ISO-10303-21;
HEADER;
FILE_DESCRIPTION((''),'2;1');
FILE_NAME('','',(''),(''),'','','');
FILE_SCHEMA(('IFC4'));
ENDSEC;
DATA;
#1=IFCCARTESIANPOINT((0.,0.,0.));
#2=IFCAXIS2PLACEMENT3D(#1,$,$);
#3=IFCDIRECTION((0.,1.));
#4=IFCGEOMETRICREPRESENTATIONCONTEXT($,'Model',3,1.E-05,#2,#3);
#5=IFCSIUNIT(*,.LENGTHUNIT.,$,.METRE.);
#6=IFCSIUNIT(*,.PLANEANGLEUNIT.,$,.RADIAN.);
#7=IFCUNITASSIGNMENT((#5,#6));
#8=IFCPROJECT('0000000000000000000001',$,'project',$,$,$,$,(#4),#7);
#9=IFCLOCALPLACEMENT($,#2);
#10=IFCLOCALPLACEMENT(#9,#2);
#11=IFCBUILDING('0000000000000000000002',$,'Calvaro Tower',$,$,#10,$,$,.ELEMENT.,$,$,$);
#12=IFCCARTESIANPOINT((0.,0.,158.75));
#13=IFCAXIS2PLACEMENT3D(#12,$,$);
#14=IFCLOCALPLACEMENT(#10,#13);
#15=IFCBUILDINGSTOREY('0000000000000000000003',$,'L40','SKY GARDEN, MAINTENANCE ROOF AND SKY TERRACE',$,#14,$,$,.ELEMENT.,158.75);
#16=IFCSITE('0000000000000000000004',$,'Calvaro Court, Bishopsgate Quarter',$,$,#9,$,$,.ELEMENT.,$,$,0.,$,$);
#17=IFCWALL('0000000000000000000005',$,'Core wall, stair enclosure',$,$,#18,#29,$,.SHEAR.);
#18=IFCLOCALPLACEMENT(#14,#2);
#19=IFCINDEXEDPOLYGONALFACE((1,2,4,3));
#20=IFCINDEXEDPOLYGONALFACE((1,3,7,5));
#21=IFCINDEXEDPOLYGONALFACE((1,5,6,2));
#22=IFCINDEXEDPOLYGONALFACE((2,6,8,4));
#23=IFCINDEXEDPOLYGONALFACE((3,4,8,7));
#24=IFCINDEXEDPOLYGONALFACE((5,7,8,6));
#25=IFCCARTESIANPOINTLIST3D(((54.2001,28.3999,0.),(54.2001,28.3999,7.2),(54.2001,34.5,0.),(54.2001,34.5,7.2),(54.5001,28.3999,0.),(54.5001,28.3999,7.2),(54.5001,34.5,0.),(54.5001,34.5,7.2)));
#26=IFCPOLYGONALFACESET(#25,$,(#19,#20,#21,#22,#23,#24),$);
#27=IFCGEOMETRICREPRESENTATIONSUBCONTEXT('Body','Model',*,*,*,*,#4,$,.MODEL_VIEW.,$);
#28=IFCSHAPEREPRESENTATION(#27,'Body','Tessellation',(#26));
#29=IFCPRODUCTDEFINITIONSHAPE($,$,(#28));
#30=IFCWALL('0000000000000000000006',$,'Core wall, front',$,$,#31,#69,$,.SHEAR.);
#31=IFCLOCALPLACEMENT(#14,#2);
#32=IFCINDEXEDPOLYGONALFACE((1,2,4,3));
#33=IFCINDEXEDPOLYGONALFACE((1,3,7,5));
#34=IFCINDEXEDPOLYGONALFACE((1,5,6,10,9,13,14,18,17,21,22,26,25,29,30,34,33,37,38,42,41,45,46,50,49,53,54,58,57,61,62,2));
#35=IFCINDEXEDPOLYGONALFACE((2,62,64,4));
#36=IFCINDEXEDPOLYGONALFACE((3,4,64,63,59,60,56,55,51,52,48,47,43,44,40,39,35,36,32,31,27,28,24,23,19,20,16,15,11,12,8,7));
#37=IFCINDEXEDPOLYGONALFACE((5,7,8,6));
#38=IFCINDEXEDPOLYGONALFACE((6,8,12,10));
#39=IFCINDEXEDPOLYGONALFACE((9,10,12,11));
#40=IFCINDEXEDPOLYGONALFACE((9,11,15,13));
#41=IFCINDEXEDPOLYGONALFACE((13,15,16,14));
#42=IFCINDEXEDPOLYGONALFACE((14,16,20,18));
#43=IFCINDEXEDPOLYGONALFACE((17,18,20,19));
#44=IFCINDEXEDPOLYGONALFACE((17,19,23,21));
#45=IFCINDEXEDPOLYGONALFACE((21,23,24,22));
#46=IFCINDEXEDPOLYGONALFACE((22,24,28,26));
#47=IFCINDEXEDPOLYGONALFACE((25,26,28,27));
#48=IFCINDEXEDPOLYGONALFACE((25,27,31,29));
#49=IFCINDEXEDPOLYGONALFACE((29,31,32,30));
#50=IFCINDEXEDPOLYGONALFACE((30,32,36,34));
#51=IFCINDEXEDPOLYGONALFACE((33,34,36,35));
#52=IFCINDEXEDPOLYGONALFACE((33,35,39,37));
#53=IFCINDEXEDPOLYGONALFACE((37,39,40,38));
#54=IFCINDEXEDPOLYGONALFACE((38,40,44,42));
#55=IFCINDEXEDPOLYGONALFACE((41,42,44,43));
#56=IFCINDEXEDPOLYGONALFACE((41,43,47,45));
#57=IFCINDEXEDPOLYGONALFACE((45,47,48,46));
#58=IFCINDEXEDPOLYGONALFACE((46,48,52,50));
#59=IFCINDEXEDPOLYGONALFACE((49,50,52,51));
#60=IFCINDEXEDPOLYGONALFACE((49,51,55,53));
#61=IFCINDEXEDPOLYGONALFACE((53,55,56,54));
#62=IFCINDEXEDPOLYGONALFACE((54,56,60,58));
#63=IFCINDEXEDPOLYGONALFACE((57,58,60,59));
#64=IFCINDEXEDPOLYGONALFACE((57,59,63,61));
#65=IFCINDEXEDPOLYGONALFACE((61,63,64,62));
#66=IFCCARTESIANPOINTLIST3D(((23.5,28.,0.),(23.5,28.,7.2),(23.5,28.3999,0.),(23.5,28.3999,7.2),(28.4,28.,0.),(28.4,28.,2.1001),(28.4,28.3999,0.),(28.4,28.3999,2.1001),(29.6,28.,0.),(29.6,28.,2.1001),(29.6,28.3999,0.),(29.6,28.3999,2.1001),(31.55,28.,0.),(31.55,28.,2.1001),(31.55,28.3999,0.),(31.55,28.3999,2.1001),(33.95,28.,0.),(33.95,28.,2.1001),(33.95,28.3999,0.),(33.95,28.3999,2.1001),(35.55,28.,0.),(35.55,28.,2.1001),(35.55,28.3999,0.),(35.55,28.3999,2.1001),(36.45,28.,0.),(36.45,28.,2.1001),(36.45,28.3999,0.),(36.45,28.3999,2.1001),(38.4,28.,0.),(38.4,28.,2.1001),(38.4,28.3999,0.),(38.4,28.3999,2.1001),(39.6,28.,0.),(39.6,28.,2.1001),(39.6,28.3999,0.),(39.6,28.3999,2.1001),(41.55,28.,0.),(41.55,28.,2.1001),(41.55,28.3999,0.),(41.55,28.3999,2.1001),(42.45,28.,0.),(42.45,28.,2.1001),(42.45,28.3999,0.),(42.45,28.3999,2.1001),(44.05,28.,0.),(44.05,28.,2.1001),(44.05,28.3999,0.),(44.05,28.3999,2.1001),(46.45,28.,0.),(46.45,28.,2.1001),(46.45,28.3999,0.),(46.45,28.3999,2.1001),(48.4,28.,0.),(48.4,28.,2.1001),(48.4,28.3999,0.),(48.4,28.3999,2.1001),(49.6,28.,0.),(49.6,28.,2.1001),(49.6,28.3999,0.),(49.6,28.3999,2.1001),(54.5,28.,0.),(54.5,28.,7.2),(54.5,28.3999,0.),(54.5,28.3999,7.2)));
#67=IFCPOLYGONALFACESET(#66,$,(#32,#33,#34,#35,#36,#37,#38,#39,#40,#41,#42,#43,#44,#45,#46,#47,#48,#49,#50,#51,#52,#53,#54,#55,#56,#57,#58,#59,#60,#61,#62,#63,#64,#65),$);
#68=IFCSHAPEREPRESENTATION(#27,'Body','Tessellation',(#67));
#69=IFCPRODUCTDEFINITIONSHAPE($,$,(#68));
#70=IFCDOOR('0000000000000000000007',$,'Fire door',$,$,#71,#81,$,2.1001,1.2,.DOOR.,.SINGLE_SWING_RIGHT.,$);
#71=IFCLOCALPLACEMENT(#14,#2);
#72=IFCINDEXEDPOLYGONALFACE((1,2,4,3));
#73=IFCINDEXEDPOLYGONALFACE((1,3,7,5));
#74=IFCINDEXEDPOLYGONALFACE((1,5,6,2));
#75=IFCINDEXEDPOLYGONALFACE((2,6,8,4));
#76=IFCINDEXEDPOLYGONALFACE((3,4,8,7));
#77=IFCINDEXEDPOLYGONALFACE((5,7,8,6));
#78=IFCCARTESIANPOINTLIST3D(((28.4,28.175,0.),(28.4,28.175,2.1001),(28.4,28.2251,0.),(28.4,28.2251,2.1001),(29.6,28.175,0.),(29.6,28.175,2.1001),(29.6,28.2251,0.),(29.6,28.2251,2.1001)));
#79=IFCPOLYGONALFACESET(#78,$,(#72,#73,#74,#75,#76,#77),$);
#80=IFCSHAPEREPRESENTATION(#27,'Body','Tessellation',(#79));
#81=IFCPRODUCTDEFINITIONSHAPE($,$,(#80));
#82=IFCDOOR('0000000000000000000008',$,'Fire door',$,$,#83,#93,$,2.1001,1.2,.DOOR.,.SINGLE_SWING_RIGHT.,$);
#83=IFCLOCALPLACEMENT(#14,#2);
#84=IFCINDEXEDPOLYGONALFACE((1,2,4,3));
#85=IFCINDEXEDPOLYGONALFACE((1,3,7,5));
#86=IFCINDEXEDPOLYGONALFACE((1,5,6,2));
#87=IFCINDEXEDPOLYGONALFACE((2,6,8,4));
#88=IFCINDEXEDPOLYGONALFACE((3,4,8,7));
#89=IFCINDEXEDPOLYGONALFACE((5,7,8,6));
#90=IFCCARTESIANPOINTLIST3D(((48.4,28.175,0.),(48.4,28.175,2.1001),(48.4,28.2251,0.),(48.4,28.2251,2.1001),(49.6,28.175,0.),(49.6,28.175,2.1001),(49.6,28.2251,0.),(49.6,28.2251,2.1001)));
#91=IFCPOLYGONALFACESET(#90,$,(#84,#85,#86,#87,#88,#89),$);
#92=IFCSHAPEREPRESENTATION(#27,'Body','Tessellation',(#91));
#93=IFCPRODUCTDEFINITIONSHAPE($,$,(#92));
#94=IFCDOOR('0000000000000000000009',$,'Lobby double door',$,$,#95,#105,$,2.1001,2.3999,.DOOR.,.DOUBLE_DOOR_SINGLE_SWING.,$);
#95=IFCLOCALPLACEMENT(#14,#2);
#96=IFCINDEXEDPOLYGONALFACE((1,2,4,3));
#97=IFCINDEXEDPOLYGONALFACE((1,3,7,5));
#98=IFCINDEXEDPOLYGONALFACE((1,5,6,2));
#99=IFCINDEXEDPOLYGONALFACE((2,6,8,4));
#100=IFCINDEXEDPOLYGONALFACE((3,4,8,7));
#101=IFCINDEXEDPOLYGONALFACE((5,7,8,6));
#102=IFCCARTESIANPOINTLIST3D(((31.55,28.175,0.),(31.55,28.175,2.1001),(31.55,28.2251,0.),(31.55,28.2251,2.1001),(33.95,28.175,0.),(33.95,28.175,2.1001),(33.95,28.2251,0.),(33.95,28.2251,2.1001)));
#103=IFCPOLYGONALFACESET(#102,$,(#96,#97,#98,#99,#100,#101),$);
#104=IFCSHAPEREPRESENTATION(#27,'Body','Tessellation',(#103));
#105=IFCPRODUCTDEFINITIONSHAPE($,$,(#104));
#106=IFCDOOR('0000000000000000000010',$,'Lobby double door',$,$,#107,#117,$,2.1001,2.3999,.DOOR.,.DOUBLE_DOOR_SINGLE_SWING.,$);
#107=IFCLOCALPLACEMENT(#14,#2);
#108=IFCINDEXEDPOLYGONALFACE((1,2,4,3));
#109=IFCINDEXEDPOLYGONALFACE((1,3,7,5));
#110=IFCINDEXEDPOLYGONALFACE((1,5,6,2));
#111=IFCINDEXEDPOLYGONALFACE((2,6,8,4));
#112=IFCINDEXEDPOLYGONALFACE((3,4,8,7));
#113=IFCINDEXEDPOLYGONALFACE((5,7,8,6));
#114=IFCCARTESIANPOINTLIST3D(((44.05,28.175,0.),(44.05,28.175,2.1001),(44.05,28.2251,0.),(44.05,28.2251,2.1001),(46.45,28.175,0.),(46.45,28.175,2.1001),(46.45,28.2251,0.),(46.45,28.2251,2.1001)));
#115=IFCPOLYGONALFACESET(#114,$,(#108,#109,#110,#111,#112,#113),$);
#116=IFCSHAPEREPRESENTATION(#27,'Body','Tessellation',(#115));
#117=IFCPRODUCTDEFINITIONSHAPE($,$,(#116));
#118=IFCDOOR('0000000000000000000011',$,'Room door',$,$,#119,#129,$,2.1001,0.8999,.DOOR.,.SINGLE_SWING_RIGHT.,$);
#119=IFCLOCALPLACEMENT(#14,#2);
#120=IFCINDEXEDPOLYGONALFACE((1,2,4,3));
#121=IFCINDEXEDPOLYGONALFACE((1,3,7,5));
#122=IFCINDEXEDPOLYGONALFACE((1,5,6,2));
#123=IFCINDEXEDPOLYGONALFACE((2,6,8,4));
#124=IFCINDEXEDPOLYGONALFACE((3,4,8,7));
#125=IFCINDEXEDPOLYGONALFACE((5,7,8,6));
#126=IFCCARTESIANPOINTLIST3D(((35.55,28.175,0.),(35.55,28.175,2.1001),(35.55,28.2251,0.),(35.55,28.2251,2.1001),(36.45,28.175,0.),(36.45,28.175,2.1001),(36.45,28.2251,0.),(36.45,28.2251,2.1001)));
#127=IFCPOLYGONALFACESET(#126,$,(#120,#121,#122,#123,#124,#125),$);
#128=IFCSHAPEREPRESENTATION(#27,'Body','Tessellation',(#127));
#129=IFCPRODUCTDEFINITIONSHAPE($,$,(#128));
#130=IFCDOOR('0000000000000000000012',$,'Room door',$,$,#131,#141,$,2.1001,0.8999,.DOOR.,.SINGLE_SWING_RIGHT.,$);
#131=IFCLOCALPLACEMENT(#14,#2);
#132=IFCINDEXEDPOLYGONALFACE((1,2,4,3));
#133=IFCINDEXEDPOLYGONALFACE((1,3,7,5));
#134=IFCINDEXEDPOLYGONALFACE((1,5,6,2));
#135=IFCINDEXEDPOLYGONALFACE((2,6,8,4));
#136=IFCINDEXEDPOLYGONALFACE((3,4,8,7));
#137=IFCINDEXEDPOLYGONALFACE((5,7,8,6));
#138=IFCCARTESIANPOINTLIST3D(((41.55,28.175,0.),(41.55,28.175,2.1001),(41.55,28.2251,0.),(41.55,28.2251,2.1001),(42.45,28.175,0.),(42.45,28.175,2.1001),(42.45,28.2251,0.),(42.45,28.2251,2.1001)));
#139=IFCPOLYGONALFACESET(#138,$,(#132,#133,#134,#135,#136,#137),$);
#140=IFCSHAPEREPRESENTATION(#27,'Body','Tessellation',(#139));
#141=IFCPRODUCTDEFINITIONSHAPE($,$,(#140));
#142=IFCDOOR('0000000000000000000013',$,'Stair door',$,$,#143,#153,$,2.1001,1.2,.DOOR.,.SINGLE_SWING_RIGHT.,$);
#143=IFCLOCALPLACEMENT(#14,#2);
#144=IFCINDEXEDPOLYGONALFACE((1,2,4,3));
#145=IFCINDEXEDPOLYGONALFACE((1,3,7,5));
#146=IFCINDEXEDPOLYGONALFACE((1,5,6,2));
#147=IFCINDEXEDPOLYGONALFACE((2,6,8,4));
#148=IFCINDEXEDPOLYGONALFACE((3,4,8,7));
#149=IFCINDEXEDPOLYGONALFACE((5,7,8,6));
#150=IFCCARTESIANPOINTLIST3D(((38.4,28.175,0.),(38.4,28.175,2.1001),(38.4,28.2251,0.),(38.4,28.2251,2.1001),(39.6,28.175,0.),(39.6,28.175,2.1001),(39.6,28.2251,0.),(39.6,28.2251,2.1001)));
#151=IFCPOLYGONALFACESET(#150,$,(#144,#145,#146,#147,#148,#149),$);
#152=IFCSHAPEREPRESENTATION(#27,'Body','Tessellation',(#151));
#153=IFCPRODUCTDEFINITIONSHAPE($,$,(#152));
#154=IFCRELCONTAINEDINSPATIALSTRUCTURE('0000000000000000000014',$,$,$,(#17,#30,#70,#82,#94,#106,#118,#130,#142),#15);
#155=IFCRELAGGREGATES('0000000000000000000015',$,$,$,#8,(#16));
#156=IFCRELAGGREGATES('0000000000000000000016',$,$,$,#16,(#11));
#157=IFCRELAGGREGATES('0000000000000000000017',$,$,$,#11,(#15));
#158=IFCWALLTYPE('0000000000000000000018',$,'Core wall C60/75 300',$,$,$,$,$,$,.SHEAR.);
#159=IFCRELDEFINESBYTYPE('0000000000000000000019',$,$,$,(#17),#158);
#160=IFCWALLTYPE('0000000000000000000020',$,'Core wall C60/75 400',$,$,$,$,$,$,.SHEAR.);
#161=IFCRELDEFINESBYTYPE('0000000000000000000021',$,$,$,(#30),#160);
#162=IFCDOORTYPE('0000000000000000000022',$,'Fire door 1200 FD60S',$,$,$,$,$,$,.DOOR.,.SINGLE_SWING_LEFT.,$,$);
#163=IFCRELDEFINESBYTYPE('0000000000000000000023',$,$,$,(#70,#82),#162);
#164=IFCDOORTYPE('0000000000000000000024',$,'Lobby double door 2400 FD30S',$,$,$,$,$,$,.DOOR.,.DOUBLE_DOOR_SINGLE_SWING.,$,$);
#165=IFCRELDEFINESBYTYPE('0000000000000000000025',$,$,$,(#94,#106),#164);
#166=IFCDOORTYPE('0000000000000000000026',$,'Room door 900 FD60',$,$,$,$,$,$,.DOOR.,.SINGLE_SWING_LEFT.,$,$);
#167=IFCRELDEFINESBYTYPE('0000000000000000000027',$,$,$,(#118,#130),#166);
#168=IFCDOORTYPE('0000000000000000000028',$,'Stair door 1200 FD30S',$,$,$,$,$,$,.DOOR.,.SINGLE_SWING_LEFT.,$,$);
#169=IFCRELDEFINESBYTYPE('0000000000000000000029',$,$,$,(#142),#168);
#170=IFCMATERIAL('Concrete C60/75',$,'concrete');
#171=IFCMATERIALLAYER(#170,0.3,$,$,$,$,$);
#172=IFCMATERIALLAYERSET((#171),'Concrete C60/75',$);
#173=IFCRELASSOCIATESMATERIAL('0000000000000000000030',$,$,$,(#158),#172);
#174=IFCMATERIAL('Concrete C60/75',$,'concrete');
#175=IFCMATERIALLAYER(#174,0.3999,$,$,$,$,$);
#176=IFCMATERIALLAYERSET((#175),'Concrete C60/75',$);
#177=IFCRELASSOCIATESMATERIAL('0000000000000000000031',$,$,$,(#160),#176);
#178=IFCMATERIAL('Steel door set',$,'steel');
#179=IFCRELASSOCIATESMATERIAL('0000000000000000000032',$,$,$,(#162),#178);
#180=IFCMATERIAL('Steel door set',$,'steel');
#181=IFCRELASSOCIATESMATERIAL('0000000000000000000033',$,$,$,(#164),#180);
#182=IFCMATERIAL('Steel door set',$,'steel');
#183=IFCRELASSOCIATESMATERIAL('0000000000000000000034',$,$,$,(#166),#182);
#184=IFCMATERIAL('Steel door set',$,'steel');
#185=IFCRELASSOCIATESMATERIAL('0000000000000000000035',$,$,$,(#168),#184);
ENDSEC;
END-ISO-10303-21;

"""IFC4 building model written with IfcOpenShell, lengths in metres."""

from ifc_helpers import new_model, si_unit, direction, frame, frame_2d, origin, place, context, subcontext, project, spatial, rectangle, extrude, material, layer, layer_set, type_object, element, fill, save


model = new_model("IFC4")

# Units and contexts
model_context = context("Model", 3, precision=1e-05, world=origin(), true_north=direction((0.0, 1.0)))
body_context = subcontext(model_context, "Body", "Model", "MODEL_VIEW")
ifc_project = project(units=[si_unit("LENGTHUNIT", "METRE"), si_unit("PLANEANGLEUNIT", "RADIAN")], contexts=[model_context])

# Site, building, storey
site_placement = place(None, origin())
site = spatial("IfcSite", under=ifc_project, at=site_placement, Name="Calvaro Court, Bishopsgate Quarter", CompositionType="ELEMENT", RefElevation=0.0)
building_placement = place(site_placement, origin())
building = spatial("IfcBuilding", under=site, at=building_placement, Name="Calvaro Tower", CompositionType="ELEMENT")
storey_placement = place(building_placement, frame((0.0, 0.0, 158.75)))
storey = spatial("IfcBuildingStorey", under=building, at=storey_placement, Name="L40", Description="SKY GARDEN, MAINTENANCE ROOF AND SKY TERRACE", CompositionType="ELEMENT", Elevation=158.75)

# Wall
ifc_material_1 = material(Name="Concrete C60/75", Category="concrete")
ifc_layer_1 = layer(ifc_material_1, 0.3)
ifc_layer_set_1 = layer_set([ifc_layer_1], Name="Concrete C60/75")
wall_type_1 = type_object("IfcWallType", Name="Core wall C60/75 300", PredefinedType="SHEAR", material=ifc_layer_set_1)
wall_1_placement = place(storey_placement, frame((54.3501, 28.3999, 0.0), z_axis=(0.0, 0.0, 1.0), x_axis=(0.0, 1.0, 0.0)))
element("IfcWall", 1, at=wall_1_placement, inside=storey, type_object=wall_type_1, Name="Core wall, stair enclosure", PredefinedType="SHEAR", context=body_context, shape_type="SweptSolid", body=[
    extrude(rectangle(XDim=6.1001, YDim=0.3, at=frame_2d((3.05, 0.0))), origin(), (0.0, 0.0, 1.0), 7.2),
])

# Wall, openings, doors
ifc_material_2 = material(Name="Concrete C60/75", Category="concrete")
ifc_layer_2 = layer(ifc_material_2, 0.3999)
ifc_layer_set_2 = layer_set([ifc_layer_2], Name="Concrete C60/75")
wall_type_2 = type_object("IfcWallType", Name="Core wall C60/75 400", PredefinedType="SHEAR", material=ifc_layer_set_2)
wall_2_placement = place(storey_placement, frame((54.5, 28.2, 0.0), z_axis=(0.0, 0.0, 1.0), x_axis=(-1.0, 0.0, 0.0)))
wall_2 = element("IfcWall", 2, at=wall_2_placement, inside=storey, type_object=wall_type_2, Name="Core wall, front", PredefinedType="SHEAR", context=body_context, shape_type="SweptSolid", body=[
    extrude(rectangle(XDim=31.0, YDim=0.3999, at=frame_2d((15.5, 0.0))), origin(), (0.0, 0.0, 1.0), 7.2),
])
opening_1_placement = place(wall_2_placement, frame((14.8999, 0.0, 0.0)))
opening_1 = element("IfcOpeningElement", 3, at=opening_1_placement, cuts=wall_2, PredefinedType="OPENING", context=body_context, shape_type="SweptSolid", body=[
    extrude(rectangle(XDim=1.2, YDim=2.1001, at=frame_2d((0.6001, 1.05))), frame((0.0, 0.21, 0.0), z_axis=(0.0, -1.0, 0.0), x_axis=(1.0, 0.0, 0.0)), (0.0, 0.0, 1.0), 0.4199),
])
opening_2_placement = place(wall_2_placement, frame((24.8999, 0.0, 0.0)))
opening_2 = element("IfcOpeningElement", 4, at=opening_2_placement, cuts=wall_2, PredefinedType="OPENING", context=body_context, shape_type="SweptSolid", body=[
    extrude(rectangle(XDim=1.2, YDim=2.1001, at=frame_2d((0.6001, 1.05))), frame((0.0, 0.21, 0.0), z_axis=(0.0, -1.0, 0.0), x_axis=(1.0, 0.0, 0.0)), (0.0, 0.0, 1.0), 0.4199),
])
opening_3_placement = place(wall_2_placement, frame((4.8999, 0.0, 0.0)))
opening_3 = element("IfcOpeningElement", 5, at=opening_3_placement, cuts=wall_2, PredefinedType="OPENING", context=body_context, shape_type="SweptSolid", body=[
    extrude(rectangle(XDim=1.2, YDim=2.1001, at=frame_2d((0.6001, 1.05))), frame((0.0, 0.21, 0.0), z_axis=(0.0, -1.0, 0.0), x_axis=(1.0, 0.0, 0.0)), (0.0, 0.0, 1.0), 0.4199),
])
opening_4_placement = place(wall_2_placement, frame((20.55, 0.0, 0.0)))
opening_4 = element("IfcOpeningElement", 6, at=opening_4_placement, cuts=wall_2, PredefinedType="OPENING", context=body_context, shape_type="SweptSolid", body=[
    extrude(rectangle(XDim=2.3999, YDim=2.1001, at=frame_2d((1.2, 1.05))), frame((0.0, 0.21, 0.0), z_axis=(0.0, -1.0, 0.0), x_axis=(1.0, 0.0, 0.0)), (0.0, 0.0, 1.0), 0.4199),
])
opening_5_placement = place(wall_2_placement, frame((8.05, 0.0, 0.0)))
opening_5 = element("IfcOpeningElement", 7, at=opening_5_placement, cuts=wall_2, PredefinedType="OPENING", context=body_context, shape_type="SweptSolid", body=[
    extrude(rectangle(XDim=2.3999, YDim=2.1001, at=frame_2d((1.2, 1.05))), frame((0.0, 0.21, 0.0), z_axis=(0.0, -1.0, 0.0), x_axis=(1.0, 0.0, 0.0)), (0.0, 0.0, 1.0), 0.4199),
])
opening_6_placement = place(wall_2_placement, frame((18.05, 0.0, 0.0)))
opening_6 = element("IfcOpeningElement", 8, at=opening_6_placement, cuts=wall_2, PredefinedType="OPENING", context=body_context, shape_type="SweptSolid", body=[
    extrude(rectangle(XDim=0.8999, YDim=2.1001, at=frame_2d((0.45, 1.05))), frame((0.0, 0.21, 0.0), z_axis=(0.0, -1.0, 0.0), x_axis=(1.0, 0.0, 0.0)), (0.0, 0.0, 1.0), 0.4199),
])
opening_7_placement = place(wall_2_placement, frame((12.05, 0.0, 0.0)))
opening_7 = element("IfcOpeningElement", 9, at=opening_7_placement, cuts=wall_2, PredefinedType="OPENING", context=body_context, shape_type="SweptSolid", body=[
    extrude(rectangle(XDim=0.8999, YDim=2.1001, at=frame_2d((0.45, 1.05))), frame((0.0, 0.21, 0.0), z_axis=(0.0, -1.0, 0.0), x_axis=(1.0, 0.0, 0.0)), (0.0, 0.0, 1.0), 0.4199),
])
ifc_material_3 = material(Name="Steel door set", Category="steel")
door_type_1 = type_object("IfcDoorType", Name="Fire door 1200 FD60S", OperationType="SINGLE_SWING_LEFT", PredefinedType="DOOR", material=ifc_material_3)
door_1_placement = place(opening_2_placement, origin())
door_1 = element("IfcDoor", 10, at=door_1_placement, inside=storey, type_object=door_type_1, Name="Fire door", OperationType="SINGLE_SWING_RIGHT", OverallHeight=2.1001, OverallWidth=1.2, PredefinedType="DOOR", context=body_context, shape_type="SweptSolid", body=[
    extrude(rectangle(XDim=1.2, YDim=2.1001, at=frame_2d((0.6001, 1.05))), frame((0.0, 0.0249, 0.0), z_axis=(0.0, -1.0, 0.0), x_axis=(1.0, 0.0, 0.0)), (0.0, 0.0, 1.0), 0.05),
])
fill(opening_2, door_1)
door_2_placement = place(opening_3_placement, origin())
door_2 = element("IfcDoor", 11, at=door_2_placement, inside=storey, type_object=door_type_1, Name="Fire door", OperationType="SINGLE_SWING_RIGHT", OverallHeight=2.1001, OverallWidth=1.2, PredefinedType="DOOR", context=body_context, shape_type="SweptSolid", body=[
    extrude(rectangle(XDim=1.2, YDim=2.1001, at=frame_2d((0.6001, 1.05))), frame((0.0, 0.0249, 0.0), z_axis=(0.0, -1.0, 0.0), x_axis=(1.0, 0.0, 0.0)), (0.0, 0.0, 1.0), 0.05),
])
fill(opening_3, door_2)
ifc_material_4 = material(Name="Steel door set", Category="steel")
door_type_2 = type_object("IfcDoorType", Name="Lobby double door 2400 FD30S", OperationType="DOUBLE_DOOR_SINGLE_SWING", PredefinedType="DOOR", material=ifc_material_4)
door_3_placement = place(opening_4_placement, origin())
door_3 = element("IfcDoor", 12, at=door_3_placement, inside=storey, type_object=door_type_2, Name="Lobby double door", OperationType="DOUBLE_DOOR_SINGLE_SWING", OverallHeight=2.1001, OverallWidth=2.3999, PredefinedType="DOOR", context=body_context, shape_type="SweptSolid", body=[
    extrude(rectangle(XDim=2.3999, YDim=2.1001, at=frame_2d((1.2, 1.05))), frame((0.0, 0.0249, 0.0), z_axis=(0.0, -1.0, 0.0), x_axis=(1.0, 0.0, 0.0)), (0.0, 0.0, 1.0), 0.05),
])
fill(opening_4, door_3)
door_4_placement = place(opening_5_placement, origin())
door_4 = element("IfcDoor", 13, at=door_4_placement, inside=storey, type_object=door_type_2, Name="Lobby double door", OperationType="DOUBLE_DOOR_SINGLE_SWING", OverallHeight=2.1001, OverallWidth=2.3999, PredefinedType="DOOR", context=body_context, shape_type="SweptSolid", body=[
    extrude(rectangle(XDim=2.3999, YDim=2.1001, at=frame_2d((1.2, 1.05))), frame((0.0, 0.0249, 0.0), z_axis=(0.0, -1.0, 0.0), x_axis=(1.0, 0.0, 0.0)), (0.0, 0.0, 1.0), 0.05),
])
fill(opening_5, door_4)
ifc_material_5 = material(Name="Steel door set", Category="steel")
door_type_3 = type_object("IfcDoorType", Name="Room door 900 FD60", OperationType="SINGLE_SWING_LEFT", PredefinedType="DOOR", material=ifc_material_5)
door_5_placement = place(opening_6_placement, origin())
door_5 = element("IfcDoor", 14, at=door_5_placement, inside=storey, type_object=door_type_3, Name="Room door", OperationType="SINGLE_SWING_RIGHT", OverallHeight=2.1001, OverallWidth=0.8999, PredefinedType="DOOR", context=body_context, shape_type="SweptSolid", body=[
    extrude(rectangle(XDim=0.8999, YDim=2.1001, at=frame_2d((0.45, 1.05))), frame((0.0, 0.0249, 0.0), z_axis=(0.0, -1.0, 0.0), x_axis=(1.0, 0.0, 0.0)), (0.0, 0.0, 1.0), 0.05),
])
fill(opening_6, door_5)
door_6_placement = place(opening_7_placement, origin())
door_6 = element("IfcDoor", 15, at=door_6_placement, inside=storey, type_object=door_type_3, Name="Room door", OperationType="SINGLE_SWING_RIGHT", OverallHeight=2.1001, OverallWidth=0.8999, PredefinedType="DOOR", context=body_context, shape_type="SweptSolid", body=[
    extrude(rectangle(XDim=0.8999, YDim=2.1001, at=frame_2d((0.45, 1.05))), frame((0.0, 0.0249, 0.0), z_axis=(0.0, -1.0, 0.0), x_axis=(1.0, 0.0, 0.0)), (0.0, 0.0, 1.0), 0.05),
])
fill(opening_7, door_6)
ifc_material_6 = material(Name="Steel door set", Category="steel")
door_type_4 = type_object("IfcDoorType", Name="Stair door 1200 FD30S", OperationType="SINGLE_SWING_LEFT", PredefinedType="DOOR", material=ifc_material_6)
door_7_placement = place(opening_1_placement, origin())
door_7 = element("IfcDoor", 16, at=door_7_placement, inside=storey, type_object=door_type_4, Name="Stair door", OperationType="SINGLE_SWING_RIGHT", OverallHeight=2.1001, OverallWidth=1.2, PredefinedType="DOOR", context=body_context, shape_type="SweptSolid", body=[
    extrude(rectangle(XDim=1.2, YDim=2.1001, at=frame_2d((0.6001, 1.05))), frame((0.0, 0.0249, 0.0), z_axis=(0.0, -1.0, 0.0), x_axis=(1.0, 0.0, 0.0)), (0.0, 0.0, 1.0), 0.05),
])
fill(opening_1, door_7)

save(model, "model.ifc")
